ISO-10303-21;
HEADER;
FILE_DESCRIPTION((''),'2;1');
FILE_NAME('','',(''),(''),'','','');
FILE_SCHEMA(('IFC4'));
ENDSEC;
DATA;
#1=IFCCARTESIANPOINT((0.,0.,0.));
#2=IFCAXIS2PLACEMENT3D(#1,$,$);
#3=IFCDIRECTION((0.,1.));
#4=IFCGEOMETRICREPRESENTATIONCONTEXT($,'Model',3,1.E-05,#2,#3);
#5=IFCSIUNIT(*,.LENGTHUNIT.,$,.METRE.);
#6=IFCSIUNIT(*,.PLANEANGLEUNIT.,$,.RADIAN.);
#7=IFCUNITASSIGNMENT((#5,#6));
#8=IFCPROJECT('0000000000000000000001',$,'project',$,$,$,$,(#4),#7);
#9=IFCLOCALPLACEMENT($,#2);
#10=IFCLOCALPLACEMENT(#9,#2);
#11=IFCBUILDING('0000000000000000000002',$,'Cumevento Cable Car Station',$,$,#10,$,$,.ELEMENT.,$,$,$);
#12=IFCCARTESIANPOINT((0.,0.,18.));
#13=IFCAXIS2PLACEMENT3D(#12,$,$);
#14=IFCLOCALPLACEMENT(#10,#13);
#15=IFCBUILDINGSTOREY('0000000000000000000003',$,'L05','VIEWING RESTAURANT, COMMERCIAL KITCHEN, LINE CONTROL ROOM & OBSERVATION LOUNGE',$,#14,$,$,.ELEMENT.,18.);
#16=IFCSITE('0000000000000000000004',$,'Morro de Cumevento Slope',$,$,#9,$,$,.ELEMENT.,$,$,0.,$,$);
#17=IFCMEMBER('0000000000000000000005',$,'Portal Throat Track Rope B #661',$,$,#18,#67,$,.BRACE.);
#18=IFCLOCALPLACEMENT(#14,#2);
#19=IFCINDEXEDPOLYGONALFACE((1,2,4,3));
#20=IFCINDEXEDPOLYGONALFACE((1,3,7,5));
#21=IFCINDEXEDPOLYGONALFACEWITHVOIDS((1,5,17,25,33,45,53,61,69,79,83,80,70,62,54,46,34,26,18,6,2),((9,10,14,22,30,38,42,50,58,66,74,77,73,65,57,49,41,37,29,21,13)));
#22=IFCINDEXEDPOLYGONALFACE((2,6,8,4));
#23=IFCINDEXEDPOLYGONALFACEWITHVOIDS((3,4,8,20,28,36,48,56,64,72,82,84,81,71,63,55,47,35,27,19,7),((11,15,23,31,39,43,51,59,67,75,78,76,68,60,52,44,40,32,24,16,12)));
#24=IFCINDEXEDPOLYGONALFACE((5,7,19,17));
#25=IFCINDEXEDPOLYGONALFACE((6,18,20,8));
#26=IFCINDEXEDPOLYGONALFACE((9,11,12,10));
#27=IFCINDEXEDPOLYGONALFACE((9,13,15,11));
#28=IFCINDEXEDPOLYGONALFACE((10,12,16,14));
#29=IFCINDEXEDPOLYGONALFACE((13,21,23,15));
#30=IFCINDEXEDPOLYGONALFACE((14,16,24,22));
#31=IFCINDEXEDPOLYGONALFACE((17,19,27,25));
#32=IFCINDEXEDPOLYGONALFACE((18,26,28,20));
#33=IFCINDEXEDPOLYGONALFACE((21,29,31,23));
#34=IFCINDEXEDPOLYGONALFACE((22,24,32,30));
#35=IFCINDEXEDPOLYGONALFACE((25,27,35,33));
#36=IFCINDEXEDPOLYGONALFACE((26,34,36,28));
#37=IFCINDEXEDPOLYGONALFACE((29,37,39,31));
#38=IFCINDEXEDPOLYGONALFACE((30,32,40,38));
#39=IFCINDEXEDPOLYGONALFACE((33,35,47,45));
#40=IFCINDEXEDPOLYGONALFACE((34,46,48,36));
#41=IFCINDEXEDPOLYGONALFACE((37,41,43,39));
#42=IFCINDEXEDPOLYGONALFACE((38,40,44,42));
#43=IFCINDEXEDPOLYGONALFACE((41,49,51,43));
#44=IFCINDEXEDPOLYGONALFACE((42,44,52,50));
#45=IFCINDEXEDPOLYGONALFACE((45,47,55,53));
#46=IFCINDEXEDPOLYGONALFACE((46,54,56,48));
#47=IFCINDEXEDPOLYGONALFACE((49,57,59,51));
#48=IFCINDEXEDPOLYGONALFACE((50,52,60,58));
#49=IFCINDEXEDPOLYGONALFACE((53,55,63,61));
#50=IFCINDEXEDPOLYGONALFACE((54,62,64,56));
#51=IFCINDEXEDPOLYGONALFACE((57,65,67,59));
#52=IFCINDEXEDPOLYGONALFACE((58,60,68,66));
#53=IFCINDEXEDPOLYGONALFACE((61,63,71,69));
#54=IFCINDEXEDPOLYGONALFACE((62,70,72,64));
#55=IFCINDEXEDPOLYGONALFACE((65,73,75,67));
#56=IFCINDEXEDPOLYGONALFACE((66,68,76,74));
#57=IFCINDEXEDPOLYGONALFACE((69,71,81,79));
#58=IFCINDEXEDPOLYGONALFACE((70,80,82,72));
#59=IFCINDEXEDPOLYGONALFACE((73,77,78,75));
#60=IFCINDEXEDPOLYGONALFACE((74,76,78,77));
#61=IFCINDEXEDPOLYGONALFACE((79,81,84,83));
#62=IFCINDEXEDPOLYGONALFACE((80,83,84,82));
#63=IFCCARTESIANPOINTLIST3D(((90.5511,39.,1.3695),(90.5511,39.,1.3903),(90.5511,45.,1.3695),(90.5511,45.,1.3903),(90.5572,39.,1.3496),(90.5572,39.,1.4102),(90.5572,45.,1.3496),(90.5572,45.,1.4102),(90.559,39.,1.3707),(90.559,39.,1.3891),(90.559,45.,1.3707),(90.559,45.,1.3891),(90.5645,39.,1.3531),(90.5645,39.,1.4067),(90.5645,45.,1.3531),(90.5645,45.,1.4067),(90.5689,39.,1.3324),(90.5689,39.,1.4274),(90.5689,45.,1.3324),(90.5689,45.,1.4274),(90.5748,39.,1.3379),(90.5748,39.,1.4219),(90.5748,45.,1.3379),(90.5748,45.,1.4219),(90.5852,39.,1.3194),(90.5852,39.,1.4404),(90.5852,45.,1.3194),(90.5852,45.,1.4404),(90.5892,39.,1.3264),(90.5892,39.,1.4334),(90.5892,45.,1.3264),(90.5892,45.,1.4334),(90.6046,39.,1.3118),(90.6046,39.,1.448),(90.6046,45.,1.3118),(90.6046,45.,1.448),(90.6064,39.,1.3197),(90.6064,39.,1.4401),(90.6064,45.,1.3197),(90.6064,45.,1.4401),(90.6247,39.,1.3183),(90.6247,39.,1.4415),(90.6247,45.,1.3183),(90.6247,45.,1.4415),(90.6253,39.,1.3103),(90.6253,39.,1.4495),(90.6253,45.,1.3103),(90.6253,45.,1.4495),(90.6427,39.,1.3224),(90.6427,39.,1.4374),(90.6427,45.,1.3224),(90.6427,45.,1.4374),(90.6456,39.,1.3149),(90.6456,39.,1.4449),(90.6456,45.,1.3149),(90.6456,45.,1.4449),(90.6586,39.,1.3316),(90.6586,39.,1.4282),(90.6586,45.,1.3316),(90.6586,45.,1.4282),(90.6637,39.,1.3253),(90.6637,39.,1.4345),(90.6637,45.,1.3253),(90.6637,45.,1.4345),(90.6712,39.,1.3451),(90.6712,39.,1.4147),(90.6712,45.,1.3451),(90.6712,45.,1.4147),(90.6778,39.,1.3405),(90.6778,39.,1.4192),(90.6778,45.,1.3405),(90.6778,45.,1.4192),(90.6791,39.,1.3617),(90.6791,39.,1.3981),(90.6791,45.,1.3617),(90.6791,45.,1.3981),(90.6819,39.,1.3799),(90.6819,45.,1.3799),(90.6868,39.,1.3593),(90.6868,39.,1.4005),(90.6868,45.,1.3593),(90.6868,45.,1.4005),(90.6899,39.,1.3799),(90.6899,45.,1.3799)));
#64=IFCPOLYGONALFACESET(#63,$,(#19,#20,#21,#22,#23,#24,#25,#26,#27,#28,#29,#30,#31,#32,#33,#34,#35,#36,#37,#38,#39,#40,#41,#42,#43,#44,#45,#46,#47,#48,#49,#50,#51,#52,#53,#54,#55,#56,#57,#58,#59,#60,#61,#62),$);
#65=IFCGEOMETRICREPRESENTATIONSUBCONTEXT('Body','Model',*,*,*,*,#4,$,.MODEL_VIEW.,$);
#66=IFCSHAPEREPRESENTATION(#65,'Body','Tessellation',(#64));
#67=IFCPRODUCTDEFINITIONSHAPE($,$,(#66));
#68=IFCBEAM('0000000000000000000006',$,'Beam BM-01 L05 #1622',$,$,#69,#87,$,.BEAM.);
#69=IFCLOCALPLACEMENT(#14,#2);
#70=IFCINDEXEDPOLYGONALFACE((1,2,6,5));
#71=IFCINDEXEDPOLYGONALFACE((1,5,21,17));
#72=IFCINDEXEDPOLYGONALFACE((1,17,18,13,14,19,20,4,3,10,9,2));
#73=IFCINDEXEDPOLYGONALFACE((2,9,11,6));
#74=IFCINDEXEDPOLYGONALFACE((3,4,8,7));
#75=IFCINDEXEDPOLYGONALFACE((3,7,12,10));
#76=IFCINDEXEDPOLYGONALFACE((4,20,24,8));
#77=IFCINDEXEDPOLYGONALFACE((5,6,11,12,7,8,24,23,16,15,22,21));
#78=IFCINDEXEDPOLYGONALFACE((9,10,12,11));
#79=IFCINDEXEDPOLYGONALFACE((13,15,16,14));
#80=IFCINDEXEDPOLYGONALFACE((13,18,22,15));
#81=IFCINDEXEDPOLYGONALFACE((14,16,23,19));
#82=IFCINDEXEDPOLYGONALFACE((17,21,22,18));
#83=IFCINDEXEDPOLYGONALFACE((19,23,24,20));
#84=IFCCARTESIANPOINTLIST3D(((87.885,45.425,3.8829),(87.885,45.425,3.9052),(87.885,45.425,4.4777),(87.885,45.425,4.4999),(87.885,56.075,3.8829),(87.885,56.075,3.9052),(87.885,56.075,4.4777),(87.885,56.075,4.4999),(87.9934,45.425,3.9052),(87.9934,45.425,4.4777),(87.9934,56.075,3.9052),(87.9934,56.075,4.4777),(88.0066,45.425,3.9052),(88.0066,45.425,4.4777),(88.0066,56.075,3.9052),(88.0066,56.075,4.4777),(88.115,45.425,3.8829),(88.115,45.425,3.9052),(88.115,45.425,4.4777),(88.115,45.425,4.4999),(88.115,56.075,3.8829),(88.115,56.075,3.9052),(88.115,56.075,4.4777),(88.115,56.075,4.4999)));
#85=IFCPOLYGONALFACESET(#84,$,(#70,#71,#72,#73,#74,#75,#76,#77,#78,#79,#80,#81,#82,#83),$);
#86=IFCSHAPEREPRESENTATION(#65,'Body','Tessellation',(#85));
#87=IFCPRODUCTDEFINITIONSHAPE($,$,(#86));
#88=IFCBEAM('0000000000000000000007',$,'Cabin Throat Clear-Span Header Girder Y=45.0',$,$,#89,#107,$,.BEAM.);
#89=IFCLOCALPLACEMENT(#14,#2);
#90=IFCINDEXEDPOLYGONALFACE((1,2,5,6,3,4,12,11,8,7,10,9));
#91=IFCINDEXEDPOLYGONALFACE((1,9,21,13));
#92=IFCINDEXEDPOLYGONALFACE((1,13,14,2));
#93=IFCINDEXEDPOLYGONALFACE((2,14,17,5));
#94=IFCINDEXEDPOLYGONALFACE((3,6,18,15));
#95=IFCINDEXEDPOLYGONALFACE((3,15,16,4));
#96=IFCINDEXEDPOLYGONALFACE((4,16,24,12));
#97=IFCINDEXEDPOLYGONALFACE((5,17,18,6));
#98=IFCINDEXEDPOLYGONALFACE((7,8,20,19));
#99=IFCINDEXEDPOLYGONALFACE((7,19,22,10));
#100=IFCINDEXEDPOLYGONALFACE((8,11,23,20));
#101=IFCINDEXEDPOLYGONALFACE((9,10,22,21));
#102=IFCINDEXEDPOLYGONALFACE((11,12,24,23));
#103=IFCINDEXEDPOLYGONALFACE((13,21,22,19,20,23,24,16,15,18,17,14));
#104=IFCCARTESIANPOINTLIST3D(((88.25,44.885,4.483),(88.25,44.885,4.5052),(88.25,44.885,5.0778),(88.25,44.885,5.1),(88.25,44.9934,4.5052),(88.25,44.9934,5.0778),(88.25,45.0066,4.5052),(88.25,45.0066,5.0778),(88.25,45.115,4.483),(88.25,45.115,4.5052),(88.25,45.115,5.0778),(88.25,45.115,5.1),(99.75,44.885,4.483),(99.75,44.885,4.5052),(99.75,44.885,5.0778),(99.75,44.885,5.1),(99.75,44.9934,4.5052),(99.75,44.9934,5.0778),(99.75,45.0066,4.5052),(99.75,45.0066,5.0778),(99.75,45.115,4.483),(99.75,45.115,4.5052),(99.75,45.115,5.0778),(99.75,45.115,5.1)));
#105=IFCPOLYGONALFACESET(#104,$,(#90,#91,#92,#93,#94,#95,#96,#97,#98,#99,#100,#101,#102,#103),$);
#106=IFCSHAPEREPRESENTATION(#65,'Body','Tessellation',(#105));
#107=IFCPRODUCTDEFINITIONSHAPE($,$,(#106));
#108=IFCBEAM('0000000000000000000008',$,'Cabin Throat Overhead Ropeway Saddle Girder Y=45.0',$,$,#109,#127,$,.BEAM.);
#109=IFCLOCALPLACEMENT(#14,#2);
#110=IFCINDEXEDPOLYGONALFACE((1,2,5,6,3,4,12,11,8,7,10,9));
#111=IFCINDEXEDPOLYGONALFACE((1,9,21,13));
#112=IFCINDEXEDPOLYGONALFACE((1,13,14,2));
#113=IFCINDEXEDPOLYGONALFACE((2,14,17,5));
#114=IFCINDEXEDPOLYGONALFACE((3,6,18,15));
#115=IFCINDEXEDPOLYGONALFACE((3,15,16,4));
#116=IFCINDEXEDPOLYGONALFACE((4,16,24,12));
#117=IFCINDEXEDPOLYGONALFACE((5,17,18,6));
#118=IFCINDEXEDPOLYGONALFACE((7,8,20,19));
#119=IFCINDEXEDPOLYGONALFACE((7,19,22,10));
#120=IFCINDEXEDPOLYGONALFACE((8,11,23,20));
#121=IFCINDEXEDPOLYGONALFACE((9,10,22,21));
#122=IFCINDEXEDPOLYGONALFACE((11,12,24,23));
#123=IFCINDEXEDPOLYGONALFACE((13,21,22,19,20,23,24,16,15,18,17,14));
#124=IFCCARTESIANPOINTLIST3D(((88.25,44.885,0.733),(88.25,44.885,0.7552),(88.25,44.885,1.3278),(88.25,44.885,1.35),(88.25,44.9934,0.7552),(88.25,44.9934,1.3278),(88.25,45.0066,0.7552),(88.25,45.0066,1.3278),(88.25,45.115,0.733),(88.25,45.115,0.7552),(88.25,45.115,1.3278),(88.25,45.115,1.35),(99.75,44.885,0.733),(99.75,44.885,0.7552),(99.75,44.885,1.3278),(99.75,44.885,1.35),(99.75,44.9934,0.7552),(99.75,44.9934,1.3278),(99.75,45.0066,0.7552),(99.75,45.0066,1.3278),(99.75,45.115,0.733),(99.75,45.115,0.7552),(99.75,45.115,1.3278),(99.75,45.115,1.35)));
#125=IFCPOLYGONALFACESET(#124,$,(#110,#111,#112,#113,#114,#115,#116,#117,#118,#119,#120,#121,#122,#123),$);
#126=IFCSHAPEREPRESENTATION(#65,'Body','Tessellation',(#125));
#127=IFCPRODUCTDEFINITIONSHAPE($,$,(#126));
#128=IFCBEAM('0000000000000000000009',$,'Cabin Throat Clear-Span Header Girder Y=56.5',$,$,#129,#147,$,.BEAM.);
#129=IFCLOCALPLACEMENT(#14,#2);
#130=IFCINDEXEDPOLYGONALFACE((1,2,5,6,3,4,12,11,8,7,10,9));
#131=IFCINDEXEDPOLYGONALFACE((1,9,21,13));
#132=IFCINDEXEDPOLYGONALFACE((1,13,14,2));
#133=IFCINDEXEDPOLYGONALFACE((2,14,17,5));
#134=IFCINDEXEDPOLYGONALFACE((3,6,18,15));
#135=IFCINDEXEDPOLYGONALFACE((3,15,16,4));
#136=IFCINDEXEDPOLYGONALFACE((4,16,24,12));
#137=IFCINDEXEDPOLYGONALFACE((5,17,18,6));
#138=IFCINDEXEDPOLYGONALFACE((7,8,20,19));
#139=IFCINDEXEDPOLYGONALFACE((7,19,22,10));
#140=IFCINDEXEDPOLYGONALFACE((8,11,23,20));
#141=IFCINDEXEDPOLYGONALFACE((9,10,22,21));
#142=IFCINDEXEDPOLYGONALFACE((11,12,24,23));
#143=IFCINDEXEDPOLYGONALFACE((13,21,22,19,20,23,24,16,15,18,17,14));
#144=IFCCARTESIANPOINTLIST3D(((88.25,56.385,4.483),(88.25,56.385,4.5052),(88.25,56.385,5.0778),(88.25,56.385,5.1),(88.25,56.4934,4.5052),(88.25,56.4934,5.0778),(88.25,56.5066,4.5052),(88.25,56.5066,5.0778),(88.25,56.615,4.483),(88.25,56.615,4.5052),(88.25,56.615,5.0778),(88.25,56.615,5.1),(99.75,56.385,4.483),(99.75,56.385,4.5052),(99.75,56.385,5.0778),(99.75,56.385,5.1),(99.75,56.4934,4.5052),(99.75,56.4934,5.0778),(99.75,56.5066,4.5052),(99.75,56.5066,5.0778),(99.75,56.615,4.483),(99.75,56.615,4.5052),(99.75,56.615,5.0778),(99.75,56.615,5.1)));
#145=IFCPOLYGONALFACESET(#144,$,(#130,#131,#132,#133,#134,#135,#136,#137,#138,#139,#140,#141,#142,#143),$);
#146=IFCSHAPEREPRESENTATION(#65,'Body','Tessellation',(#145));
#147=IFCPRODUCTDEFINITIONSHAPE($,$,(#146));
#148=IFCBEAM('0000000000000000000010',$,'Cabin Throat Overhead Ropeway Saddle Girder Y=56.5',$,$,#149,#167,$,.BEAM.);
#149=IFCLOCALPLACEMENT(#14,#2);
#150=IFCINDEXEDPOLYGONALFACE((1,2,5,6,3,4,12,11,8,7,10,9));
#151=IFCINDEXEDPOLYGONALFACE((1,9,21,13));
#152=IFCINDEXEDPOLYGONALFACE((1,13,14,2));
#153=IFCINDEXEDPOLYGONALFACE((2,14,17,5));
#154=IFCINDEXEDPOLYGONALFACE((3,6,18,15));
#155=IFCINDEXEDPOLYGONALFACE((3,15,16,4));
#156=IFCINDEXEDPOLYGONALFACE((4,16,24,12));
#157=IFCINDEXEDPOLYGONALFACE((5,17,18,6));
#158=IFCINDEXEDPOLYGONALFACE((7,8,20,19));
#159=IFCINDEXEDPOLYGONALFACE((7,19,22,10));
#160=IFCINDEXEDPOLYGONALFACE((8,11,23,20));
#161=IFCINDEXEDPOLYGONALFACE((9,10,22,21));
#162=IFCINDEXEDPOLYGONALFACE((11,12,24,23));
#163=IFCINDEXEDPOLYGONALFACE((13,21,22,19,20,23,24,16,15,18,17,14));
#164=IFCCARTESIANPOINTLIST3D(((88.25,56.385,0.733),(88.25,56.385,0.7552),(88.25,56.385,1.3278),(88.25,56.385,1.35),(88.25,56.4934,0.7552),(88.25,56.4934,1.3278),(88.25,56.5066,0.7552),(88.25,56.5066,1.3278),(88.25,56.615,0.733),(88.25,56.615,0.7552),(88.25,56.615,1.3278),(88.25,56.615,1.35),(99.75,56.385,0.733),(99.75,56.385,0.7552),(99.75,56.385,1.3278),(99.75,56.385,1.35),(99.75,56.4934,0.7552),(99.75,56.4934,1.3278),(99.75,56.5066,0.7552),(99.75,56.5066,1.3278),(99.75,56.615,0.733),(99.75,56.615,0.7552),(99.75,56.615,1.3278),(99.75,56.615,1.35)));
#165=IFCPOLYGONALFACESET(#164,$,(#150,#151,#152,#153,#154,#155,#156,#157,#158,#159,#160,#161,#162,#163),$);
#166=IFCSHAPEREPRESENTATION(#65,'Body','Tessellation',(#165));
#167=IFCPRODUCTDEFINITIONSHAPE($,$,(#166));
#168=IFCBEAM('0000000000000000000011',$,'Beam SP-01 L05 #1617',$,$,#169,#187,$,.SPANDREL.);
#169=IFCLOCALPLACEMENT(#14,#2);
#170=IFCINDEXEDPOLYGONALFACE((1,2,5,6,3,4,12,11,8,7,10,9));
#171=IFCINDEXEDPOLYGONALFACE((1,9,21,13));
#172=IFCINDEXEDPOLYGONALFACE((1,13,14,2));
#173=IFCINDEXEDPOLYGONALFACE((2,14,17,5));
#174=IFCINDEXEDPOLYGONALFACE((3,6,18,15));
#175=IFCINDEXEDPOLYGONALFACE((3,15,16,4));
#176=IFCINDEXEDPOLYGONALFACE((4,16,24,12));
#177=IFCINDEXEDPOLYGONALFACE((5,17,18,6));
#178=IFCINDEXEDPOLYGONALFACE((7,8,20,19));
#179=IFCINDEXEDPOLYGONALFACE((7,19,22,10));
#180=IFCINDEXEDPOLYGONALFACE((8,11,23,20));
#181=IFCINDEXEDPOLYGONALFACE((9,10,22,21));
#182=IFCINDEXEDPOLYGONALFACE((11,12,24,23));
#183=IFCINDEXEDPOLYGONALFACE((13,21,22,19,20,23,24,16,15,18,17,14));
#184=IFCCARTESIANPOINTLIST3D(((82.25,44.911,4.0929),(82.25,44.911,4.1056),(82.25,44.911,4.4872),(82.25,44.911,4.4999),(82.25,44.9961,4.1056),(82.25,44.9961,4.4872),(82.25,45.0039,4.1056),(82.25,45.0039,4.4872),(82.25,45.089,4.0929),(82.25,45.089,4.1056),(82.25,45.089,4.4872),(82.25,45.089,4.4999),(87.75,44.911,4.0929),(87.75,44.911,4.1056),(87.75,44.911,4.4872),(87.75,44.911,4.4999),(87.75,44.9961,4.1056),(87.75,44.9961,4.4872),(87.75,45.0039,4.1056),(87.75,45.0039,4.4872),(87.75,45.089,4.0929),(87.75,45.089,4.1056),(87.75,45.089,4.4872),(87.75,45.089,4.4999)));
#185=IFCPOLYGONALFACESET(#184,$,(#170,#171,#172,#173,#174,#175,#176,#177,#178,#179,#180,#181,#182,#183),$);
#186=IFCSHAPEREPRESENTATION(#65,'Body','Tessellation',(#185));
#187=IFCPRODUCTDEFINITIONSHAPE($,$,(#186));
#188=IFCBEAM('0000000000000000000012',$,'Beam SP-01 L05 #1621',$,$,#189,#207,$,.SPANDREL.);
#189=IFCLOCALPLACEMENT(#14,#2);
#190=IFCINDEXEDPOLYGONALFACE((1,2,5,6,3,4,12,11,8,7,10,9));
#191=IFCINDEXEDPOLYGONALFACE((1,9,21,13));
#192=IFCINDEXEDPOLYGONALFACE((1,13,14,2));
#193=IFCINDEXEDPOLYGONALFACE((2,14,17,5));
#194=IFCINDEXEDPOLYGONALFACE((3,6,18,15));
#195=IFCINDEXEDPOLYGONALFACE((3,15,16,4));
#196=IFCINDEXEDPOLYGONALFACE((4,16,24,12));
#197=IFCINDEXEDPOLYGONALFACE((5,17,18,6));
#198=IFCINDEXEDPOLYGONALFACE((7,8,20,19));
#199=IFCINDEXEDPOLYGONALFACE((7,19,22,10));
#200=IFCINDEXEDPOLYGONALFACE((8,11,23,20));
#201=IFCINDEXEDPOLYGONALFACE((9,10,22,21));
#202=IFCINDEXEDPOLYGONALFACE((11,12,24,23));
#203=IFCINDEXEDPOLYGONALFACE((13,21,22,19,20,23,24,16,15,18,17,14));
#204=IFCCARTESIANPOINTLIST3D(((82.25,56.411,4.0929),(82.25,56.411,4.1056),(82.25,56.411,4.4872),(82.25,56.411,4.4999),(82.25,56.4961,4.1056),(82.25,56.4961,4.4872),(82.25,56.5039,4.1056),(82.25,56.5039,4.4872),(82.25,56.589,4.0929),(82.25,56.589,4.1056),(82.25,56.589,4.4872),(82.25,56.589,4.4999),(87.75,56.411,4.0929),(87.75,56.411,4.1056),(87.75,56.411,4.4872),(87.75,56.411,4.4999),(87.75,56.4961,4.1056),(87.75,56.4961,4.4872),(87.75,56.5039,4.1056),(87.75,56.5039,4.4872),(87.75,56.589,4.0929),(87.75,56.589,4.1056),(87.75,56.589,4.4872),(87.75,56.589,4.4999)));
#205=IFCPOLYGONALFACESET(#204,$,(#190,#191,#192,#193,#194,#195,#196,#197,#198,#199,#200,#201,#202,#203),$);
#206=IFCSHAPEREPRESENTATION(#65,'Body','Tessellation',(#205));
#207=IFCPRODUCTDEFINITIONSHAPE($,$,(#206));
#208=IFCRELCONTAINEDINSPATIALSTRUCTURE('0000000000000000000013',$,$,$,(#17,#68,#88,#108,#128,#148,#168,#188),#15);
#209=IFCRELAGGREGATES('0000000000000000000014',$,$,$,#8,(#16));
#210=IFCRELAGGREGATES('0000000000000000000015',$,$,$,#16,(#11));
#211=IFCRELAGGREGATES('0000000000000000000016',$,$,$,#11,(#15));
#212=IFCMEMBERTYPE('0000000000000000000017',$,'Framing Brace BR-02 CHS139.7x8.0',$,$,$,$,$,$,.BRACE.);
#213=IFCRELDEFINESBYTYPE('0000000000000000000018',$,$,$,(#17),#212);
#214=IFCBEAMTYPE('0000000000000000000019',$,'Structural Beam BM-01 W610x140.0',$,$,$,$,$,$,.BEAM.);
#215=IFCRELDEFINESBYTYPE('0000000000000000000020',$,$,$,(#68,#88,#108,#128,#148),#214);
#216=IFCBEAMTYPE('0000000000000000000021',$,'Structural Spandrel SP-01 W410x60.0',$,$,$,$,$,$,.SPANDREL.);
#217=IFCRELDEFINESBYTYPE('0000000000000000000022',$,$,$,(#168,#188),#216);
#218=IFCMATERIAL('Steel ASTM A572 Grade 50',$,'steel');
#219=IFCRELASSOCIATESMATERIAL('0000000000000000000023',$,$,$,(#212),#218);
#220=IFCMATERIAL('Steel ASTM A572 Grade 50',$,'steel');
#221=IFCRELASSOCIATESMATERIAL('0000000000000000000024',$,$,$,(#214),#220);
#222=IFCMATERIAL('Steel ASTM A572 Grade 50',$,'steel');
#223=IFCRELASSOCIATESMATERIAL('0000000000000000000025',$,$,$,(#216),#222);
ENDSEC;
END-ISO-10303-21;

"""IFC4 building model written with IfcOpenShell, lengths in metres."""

from ifc_helpers import new_model, si_unit, direction, frame, origin, origin_2d, place, context, subcontext, project, spatial, hollow_circle, i_section, extrude, material, material_profile, profile_set, type_object, element, save


model = new_model("IFC4")

# Units and contexts
model_context = context("Model", 3, precision=1e-05, world=origin(), true_north=direction((0.0, 1.0)))
body_context = subcontext(model_context, "Body", "Model", "MODEL_VIEW")
ifc_project = project(units=[si_unit("LENGTHUNIT", "METRE"), si_unit("PLANEANGLEUNIT", "RADIAN")], contexts=[model_context])

# Site, building, storey
site_placement = place(None, origin())
site = spatial("IfcSite", under=ifc_project, at=site_placement, Name="Morro de Cumevento Slope", CompositionType="ELEMENT", RefElevation=0.0)
building_placement = place(site_placement, origin())
building = spatial("IfcBuilding", under=site, at=building_placement, Name="Cumevento Cable Car Station", CompositionType="ELEMENT")
storey_placement = place(building_placement, frame((0.0, 0.0, 18.0)))
storey = spatial("IfcBuildingStorey", under=building, at=storey_placement, Name="L05", Description="VIEWING RESTAURANT, COMMERCIAL KITCHEN, LINE CONTROL ROOM & OBSERVATION LOUNGE", CompositionType="ELEMENT", Elevation=18.0)

# Member
ifc_material_1 = material(Name="Steel ASTM A572 Grade 50", Category="steel")
ifc_material_profile_1 = material_profile(ifc_material_1, hollow_circle(Radius=0.0698, WallThickness=0.0081, at=origin_2d()), Name="CHS139.7x8.0")
ifc_profile_set_1 = profile_set([ifc_material_profile_1], Name="Steel ASTM A572 Grade 50")
member_type = type_object("IfcMemberType", Name="Framing Brace BR-02 CHS139.7x8.0", PredefinedType="BRACE", material=ifc_profile_set_1)
member_1_placement = place(storey_placement, frame((90.6201, 45.0, 1.3799), z_axis=(0.0, -1.0, 0.0), x_axis=(1.0, 0.0, 0.0)))
element("IfcMember", 1, at=member_1_placement, inside=storey, type_object=member_type, Name="Portal Throat Track Rope B #661", PredefinedType="BRACE", context=body_context, shape_type="SweptSolid", body=[
    extrude(hollow_circle(Radius=0.0698, WallThickness=0.0081, at=origin_2d()), origin(), (0.0, 0.0, 1.0), 6.0),
])

# Beams
ifc_material_2 = material(Name="Steel ASTM A572 Grade 50", Category="steel")
ifc_material_profile_2 = material_profile(ifc_material_2, i_section(OverallWidth=0.23, OverallDepth=0.6169, WebThickness=0.0132, FlangeThickness=0.0222, at=origin_2d()), Name="W610x140.0")
ifc_profile_set_2 = profile_set([ifc_material_profile_2], Name="Steel ASTM A572 Grade 50")
beam_type_1 = type_object("IfcBeamType", Name="Structural Beam BM-01 W610x140.0", PredefinedType="BEAM", material=ifc_profile_set_2)
beam_placement = place(storey_placement, frame((88.0, 45.425, 4.1914), z_axis=(0.0, 1.0, 0.0), x_axis=(-1.0, 0.0, 0.0)))
element("IfcBeam", 2, at=beam_placement, inside=storey, type_object=beam_type_1, Name="Beam BM-01 L05 #1622", PredefinedType="BEAM", context=body_context, shape_type="SweptSolid", body=[
    extrude(i_section(OverallWidth=0.23, OverallDepth=0.6169, WebThickness=0.0132, FlangeThickness=0.0222, at=origin_2d()), origin(), (0.0, 0.0, 1.0), 10.6499),
])
for number, where, z_axis, x_axis, name in (
    (3, (88.25, 45.0, 4.7915), (1.0, 0.0, 0.0), (0.0, 1.0, 0.0), "Cabin Throat Clear-Span Header Girder Y=45.0"),
    (4, (88.25, 45.0, 1.0415), (1.0, 0.0, 0.0), (0.0, 1.0, 0.0), "Cabin Throat Overhead Ropeway Saddle Girder Y=45.0"),
    (5, (88.25, 56.5, 4.7915), (1.0, 0.0, 0.0), (0.0, 1.0, 0.0), "Cabin Throat Clear-Span Header Girder Y=56.5"),
    (6, (88.25, 56.5, 1.0415), (1.0, 0.0, 0.0), (0.0, 1.0, 0.0), "Cabin Throat Overhead Ropeway Saddle Girder Y=56.5"),
):
    element("IfcBeam", number, at=place(storey_placement, frame(where, z_axis=z_axis, x_axis=x_axis)), inside=storey, type_object=beam_type_1, Name=name, PredefinedType="BEAM", context=body_context, shape_type="SweptSolid", body=[
        extrude(i_section(OverallWidth=0.23, OverallDepth=0.6169, WebThickness=0.0132, FlangeThickness=0.0222, at=origin_2d()), origin(), (0.0, 0.0, 1.0), 11.5),
    ])
ifc_material_3 = material(Name="Steel ASTM A572 Grade 50", Category="steel")
ifc_material_profile_3 = material_profile(ifc_material_3, i_section(OverallWidth=0.178, OverallDepth=0.407, WebThickness=0.0078, FlangeThickness=0.0127, at=origin_2d()), Name="W410x60.0")
ifc_profile_set_3 = profile_set([ifc_material_profile_3], Name="Steel ASTM A572 Grade 50")
beam_type_2 = type_object("IfcBeamType", Name="Structural Spandrel SP-01 W410x60.0", PredefinedType="SPANDREL", material=ifc_profile_set_3)
for number, where, z_axis, x_axis, name in (
    (7, (82.25, 45.0, 4.2964), (1.0, 0.0, 0.0), (0.0, 1.0, 0.0), "Beam SP-01 L05 #1617"),
    (8, (82.25, 56.5, 4.2964), (1.0, 0.0, 0.0), (0.0, 1.0, 0.0), "Beam SP-01 L05 #1621"),
):
    element("IfcBeam", number, at=place(storey_placement, frame(where, z_axis=z_axis, x_axis=x_axis)), inside=storey, type_object=beam_type_2, Name=name, PredefinedType="SPANDREL", context=body_context, shape_type="SweptSolid", body=[
        extrude(i_section(OverallWidth=0.178, OverallDepth=0.407, WebThickness=0.0078, FlangeThickness=0.0127, at=origin_2d()), origin(), (0.0, 0.0, 1.0), 5.5),
    ])

save(model, "model.ifc")
